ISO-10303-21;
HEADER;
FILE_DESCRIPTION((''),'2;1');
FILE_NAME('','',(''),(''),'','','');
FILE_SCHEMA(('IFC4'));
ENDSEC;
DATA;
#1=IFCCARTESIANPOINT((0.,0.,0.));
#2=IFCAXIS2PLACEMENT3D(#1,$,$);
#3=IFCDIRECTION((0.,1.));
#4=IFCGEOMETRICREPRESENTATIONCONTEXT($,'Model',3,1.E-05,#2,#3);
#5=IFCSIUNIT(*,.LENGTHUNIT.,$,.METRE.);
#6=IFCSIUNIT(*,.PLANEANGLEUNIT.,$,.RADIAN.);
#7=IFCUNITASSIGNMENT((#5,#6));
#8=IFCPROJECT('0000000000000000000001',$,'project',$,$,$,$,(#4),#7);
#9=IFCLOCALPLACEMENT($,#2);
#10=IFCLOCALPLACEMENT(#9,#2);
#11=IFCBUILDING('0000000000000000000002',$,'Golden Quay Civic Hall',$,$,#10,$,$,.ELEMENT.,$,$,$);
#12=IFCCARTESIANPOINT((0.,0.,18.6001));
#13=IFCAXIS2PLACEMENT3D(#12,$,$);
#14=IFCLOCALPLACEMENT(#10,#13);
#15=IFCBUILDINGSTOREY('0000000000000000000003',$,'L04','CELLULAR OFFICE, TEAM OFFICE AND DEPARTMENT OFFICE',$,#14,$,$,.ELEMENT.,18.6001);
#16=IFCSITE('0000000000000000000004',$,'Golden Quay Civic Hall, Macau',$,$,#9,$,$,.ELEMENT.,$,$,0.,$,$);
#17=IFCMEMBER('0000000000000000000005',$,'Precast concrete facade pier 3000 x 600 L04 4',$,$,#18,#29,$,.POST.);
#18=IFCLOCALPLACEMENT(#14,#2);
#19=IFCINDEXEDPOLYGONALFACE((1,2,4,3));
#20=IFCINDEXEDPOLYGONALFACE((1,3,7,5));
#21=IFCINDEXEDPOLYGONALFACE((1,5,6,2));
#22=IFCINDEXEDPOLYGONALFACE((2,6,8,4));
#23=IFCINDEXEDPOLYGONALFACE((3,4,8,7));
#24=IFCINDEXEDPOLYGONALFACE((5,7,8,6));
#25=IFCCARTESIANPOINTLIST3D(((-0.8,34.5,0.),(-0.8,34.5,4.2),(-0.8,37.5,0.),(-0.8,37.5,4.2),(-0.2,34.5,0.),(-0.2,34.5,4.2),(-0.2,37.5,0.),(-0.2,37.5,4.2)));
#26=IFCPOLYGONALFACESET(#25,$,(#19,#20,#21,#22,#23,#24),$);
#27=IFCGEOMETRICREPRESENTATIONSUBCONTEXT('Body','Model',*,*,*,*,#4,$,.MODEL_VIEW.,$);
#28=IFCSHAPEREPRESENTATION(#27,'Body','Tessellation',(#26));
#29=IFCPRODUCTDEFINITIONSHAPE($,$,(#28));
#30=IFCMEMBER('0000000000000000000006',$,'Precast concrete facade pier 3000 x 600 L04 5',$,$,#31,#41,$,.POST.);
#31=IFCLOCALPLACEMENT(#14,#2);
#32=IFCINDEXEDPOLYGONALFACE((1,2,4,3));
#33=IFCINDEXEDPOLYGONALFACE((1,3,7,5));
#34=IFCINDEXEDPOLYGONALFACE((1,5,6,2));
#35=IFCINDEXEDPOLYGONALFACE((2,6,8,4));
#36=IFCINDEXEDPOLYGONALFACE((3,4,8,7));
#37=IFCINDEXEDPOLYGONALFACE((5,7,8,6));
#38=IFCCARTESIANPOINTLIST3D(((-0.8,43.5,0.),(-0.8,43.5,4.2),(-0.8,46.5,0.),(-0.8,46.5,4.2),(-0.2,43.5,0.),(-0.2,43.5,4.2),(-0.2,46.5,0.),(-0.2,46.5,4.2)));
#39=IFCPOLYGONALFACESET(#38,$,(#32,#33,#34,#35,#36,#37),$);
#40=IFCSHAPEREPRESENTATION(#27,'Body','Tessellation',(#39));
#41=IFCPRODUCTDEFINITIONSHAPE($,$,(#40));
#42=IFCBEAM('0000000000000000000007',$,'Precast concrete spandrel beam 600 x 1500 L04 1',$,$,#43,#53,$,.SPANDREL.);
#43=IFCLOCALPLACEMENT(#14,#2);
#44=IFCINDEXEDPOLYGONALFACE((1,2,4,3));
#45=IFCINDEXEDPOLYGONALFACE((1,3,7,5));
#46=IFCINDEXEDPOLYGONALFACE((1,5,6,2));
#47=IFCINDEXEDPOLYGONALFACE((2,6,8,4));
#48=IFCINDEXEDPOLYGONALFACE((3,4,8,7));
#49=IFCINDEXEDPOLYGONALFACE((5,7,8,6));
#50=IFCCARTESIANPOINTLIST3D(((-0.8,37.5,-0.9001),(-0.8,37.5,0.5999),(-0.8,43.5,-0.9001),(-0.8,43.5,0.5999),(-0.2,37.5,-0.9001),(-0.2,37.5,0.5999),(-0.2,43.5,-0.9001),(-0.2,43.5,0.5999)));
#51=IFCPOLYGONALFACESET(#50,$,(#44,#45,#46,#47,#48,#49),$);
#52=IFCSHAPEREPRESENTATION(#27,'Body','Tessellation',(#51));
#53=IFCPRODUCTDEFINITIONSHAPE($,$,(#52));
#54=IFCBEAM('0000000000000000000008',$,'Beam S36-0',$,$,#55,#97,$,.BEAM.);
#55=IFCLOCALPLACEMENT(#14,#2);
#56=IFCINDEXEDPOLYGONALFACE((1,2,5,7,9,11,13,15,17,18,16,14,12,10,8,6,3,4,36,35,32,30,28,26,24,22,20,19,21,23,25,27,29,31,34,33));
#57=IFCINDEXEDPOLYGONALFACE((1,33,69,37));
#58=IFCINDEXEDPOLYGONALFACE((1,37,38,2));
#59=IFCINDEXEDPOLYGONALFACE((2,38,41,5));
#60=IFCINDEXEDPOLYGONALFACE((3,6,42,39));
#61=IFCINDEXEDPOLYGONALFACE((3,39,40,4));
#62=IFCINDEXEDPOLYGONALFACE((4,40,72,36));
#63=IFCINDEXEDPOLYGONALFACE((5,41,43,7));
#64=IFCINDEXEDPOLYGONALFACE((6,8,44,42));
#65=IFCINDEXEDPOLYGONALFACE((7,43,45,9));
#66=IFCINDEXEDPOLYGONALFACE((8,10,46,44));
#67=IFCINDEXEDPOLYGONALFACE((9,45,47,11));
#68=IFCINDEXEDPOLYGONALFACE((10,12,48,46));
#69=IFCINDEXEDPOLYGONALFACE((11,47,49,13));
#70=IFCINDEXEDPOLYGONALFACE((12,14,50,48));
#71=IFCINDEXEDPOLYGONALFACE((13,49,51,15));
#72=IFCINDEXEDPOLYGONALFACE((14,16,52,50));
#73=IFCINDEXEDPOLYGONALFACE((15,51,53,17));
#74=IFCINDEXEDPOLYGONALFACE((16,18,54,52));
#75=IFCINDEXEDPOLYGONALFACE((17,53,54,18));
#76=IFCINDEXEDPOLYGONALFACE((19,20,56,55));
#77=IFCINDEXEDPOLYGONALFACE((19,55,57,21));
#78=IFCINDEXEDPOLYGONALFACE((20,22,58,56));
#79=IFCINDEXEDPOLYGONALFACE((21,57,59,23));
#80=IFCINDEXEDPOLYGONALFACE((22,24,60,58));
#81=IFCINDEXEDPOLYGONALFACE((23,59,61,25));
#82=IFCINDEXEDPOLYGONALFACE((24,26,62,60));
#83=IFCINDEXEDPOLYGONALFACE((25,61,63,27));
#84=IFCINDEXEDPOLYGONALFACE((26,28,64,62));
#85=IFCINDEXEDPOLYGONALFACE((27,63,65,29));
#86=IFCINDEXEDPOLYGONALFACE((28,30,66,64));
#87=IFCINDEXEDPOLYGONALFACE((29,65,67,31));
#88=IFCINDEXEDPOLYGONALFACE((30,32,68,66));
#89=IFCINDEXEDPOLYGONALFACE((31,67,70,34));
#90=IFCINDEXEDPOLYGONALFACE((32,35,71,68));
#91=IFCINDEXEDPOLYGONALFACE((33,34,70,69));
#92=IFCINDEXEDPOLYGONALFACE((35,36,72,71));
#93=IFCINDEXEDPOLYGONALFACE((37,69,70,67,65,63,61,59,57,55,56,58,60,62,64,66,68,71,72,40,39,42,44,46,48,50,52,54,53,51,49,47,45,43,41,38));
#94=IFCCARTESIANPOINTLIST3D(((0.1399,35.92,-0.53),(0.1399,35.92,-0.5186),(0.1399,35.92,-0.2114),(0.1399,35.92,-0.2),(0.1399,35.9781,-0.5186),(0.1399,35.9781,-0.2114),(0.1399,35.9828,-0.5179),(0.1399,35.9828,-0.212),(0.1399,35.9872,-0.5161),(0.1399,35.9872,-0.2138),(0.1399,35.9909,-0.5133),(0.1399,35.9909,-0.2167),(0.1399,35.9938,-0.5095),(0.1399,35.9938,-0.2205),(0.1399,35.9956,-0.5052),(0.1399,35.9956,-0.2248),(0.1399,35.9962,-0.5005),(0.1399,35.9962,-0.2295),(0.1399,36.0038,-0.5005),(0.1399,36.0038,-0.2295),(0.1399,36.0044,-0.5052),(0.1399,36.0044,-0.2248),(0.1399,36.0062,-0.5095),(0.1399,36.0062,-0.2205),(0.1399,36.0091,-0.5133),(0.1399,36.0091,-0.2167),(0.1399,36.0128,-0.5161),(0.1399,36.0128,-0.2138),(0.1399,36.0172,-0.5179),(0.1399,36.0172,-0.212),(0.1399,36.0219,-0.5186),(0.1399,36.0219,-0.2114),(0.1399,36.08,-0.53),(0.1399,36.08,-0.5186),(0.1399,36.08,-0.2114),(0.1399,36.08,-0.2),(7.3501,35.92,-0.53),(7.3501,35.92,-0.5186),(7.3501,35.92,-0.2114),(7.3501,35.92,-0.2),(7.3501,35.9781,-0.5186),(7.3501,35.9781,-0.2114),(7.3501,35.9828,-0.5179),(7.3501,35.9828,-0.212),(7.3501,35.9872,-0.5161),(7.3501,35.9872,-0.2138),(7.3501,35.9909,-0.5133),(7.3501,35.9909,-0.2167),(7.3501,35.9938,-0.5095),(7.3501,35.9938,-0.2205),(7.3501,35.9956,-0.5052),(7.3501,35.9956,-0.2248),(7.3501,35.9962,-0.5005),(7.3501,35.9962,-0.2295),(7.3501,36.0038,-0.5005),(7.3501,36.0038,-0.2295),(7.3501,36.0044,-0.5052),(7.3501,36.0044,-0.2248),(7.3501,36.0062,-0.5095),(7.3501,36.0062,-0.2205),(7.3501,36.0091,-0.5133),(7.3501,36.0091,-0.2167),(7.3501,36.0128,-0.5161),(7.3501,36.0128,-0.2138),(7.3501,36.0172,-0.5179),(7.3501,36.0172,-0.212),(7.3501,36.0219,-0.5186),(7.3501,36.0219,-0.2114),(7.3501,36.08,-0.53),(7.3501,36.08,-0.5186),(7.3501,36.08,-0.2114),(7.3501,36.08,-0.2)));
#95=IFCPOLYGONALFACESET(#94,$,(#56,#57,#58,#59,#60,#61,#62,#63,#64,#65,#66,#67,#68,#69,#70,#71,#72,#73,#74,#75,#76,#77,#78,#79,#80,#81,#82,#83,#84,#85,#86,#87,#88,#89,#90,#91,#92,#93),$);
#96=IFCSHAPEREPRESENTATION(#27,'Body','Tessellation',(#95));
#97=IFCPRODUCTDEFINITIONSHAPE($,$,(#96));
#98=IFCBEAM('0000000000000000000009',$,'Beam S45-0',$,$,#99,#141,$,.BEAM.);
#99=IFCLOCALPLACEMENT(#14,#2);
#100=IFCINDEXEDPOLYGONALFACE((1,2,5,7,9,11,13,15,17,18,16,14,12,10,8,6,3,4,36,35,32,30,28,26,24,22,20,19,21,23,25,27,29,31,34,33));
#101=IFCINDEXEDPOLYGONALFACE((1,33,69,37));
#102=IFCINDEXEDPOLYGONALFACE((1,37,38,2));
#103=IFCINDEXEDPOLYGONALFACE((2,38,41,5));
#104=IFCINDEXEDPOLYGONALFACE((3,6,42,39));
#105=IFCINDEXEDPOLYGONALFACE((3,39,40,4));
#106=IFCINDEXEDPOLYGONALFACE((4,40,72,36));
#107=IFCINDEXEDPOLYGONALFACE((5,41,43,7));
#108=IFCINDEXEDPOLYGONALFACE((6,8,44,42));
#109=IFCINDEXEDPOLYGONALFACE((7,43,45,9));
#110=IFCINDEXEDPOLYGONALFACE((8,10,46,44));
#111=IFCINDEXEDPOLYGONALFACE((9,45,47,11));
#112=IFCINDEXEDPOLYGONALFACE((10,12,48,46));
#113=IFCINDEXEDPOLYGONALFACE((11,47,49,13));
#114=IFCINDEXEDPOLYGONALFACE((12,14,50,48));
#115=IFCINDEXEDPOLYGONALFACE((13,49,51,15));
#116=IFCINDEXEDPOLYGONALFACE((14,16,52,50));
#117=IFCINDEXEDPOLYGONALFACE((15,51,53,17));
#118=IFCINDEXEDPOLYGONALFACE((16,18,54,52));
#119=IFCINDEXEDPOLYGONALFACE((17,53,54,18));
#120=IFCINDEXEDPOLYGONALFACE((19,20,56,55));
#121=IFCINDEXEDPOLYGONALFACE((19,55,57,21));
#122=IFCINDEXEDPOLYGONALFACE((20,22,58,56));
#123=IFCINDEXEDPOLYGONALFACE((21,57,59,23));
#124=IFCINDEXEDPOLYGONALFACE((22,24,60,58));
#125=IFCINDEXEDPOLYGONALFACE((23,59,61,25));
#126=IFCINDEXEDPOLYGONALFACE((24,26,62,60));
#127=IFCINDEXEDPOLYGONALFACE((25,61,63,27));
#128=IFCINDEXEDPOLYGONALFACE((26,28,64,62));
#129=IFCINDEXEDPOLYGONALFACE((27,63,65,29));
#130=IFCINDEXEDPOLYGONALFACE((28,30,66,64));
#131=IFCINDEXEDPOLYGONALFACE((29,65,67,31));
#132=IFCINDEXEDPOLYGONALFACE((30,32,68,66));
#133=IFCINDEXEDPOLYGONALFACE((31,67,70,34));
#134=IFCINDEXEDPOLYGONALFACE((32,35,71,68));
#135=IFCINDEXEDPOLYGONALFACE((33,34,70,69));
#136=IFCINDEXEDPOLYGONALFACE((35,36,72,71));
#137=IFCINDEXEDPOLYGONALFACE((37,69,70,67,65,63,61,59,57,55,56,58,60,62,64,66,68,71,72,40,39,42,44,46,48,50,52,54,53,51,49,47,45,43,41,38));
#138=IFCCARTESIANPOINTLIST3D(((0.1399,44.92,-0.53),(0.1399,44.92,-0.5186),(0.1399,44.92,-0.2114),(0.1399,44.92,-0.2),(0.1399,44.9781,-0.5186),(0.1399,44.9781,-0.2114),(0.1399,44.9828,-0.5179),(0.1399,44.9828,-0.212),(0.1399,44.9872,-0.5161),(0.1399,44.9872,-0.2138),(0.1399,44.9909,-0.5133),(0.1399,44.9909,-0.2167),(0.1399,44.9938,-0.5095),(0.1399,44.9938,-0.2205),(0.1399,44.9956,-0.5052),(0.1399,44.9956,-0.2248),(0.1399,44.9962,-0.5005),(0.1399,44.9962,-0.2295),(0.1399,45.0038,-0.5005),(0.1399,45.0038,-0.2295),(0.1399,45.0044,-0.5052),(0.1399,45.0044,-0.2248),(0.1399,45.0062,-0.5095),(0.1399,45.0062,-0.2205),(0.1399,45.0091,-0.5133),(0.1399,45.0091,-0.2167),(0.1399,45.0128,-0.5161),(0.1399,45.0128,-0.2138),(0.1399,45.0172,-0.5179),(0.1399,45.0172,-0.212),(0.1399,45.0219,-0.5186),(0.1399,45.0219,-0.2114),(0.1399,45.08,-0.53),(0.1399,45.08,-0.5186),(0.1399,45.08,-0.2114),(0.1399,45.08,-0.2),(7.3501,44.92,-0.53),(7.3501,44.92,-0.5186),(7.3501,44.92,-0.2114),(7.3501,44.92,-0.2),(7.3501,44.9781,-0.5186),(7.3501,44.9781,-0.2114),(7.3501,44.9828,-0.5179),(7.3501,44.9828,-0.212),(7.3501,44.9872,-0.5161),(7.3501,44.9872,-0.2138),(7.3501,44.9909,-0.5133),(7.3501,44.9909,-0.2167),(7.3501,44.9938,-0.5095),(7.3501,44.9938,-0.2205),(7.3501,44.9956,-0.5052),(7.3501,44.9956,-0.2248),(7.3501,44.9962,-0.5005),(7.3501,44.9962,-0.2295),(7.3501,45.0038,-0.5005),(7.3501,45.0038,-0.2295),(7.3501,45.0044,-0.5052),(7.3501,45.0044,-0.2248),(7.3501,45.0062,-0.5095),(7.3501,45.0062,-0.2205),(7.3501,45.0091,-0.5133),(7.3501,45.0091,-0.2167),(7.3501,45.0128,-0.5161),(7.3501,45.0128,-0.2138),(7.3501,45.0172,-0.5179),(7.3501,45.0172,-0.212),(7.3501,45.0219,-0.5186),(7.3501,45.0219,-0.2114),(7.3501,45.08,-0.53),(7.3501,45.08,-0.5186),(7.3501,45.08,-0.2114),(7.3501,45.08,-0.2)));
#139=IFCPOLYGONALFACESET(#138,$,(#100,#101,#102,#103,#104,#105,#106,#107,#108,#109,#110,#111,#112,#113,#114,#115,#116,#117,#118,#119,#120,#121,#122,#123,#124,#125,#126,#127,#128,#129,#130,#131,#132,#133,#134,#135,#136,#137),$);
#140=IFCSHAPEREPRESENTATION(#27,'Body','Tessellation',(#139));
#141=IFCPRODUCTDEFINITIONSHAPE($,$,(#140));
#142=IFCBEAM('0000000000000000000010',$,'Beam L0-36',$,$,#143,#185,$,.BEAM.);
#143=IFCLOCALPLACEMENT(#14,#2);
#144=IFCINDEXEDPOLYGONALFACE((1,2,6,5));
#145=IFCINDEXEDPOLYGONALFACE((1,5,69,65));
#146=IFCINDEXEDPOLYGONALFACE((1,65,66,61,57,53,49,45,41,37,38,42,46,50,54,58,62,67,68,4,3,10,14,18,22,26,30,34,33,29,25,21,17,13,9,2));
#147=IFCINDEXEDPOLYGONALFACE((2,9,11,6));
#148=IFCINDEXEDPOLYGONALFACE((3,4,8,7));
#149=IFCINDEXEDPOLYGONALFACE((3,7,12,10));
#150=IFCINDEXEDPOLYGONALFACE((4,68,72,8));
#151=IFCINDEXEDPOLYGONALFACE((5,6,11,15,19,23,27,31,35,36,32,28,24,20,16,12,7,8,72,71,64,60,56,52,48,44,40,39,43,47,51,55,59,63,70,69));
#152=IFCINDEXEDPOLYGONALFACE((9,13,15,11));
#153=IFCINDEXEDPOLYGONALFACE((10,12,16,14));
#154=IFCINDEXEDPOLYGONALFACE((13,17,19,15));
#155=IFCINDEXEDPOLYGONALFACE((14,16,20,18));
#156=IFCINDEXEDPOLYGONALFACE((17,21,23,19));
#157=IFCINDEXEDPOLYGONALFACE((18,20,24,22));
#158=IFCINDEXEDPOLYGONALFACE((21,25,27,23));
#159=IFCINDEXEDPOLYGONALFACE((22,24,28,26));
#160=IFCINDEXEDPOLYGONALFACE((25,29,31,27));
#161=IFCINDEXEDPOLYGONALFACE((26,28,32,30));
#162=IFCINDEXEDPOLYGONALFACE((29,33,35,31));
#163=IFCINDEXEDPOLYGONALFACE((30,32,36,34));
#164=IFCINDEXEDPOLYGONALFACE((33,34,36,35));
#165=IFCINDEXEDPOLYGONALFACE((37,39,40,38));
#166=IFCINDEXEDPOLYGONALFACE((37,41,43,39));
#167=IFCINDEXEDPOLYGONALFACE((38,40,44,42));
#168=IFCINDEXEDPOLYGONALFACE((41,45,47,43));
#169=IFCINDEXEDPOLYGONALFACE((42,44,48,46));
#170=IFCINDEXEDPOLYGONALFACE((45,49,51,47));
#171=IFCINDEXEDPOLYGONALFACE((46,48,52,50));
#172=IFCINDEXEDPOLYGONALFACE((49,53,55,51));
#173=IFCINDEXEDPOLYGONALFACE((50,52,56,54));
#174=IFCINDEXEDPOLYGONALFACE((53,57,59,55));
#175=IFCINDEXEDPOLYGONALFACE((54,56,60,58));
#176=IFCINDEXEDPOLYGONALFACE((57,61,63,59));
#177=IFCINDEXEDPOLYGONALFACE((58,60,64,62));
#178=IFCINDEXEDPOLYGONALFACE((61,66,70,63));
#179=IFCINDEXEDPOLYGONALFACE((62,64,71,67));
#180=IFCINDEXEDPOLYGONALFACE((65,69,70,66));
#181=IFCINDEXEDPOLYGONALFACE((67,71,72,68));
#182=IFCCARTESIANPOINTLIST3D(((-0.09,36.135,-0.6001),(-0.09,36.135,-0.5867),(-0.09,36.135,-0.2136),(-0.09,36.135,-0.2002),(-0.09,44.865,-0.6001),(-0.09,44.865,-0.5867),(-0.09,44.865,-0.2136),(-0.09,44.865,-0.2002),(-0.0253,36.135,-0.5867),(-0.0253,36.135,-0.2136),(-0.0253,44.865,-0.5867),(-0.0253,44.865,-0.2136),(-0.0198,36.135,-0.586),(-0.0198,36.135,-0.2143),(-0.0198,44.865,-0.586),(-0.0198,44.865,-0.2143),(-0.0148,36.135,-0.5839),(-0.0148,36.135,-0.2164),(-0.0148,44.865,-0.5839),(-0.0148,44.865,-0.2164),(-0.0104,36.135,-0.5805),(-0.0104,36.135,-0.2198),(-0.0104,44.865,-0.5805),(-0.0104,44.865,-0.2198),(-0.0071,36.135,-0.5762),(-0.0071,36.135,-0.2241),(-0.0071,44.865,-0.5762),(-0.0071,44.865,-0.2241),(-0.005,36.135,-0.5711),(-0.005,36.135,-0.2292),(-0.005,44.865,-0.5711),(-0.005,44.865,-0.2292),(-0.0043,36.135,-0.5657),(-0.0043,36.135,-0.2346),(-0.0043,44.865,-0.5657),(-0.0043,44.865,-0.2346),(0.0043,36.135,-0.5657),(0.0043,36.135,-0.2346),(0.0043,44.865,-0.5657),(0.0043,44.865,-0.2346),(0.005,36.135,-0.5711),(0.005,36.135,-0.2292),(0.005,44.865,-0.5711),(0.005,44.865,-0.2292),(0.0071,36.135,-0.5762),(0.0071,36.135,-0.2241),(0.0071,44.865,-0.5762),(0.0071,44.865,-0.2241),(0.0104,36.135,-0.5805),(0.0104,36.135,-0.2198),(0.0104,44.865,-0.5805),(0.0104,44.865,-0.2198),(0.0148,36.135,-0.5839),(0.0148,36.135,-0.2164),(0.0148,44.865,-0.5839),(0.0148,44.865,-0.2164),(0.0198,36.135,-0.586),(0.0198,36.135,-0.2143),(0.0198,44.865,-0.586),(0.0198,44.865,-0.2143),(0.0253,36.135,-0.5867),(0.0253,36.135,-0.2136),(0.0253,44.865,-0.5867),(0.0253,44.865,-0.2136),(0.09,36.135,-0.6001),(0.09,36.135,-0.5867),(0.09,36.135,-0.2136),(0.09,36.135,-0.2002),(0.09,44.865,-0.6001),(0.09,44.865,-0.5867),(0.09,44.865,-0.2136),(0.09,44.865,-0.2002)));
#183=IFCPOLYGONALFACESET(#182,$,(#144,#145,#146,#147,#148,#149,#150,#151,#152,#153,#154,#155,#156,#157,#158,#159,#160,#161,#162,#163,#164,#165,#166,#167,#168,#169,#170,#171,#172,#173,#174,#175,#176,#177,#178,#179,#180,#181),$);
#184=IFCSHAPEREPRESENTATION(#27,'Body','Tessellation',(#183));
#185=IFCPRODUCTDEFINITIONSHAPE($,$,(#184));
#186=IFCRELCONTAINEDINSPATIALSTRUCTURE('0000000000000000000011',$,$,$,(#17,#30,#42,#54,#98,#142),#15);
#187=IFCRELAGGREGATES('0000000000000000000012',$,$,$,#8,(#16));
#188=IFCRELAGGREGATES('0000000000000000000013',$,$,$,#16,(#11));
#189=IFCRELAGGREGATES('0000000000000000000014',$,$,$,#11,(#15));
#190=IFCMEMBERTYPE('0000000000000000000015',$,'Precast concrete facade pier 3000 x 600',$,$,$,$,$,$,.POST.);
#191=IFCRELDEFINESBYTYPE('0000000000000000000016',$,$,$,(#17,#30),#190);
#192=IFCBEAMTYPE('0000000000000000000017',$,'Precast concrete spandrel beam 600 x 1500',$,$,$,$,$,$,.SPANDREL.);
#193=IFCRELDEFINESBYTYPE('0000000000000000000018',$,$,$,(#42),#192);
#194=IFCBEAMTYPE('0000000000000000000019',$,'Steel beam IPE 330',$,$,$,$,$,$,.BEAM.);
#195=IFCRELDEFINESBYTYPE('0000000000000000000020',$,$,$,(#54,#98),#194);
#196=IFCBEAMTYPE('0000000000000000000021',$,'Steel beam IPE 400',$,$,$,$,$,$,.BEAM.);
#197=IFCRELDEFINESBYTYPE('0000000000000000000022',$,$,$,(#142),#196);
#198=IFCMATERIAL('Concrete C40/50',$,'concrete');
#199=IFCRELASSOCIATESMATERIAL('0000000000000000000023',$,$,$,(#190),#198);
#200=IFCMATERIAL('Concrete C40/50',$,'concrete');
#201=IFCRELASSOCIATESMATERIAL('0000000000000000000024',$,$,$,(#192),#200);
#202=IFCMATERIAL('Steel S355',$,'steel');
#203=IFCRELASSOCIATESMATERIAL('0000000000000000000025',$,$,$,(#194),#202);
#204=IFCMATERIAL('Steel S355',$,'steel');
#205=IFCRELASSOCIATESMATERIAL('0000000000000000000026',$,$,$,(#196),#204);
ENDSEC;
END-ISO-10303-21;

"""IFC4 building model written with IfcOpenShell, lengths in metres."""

from ifc_helpers import new_model, si_unit, direction, frame, origin, origin_2d, place, context, subcontext, project, spatial, rectangle, i_section, extrude, material, material_profile, profile_set, type_object, element, save


model = new_model("IFC4")

# Units and contexts
model_context = context("Model", 3, precision=1e-05, world=origin(), true_north=direction((0.0, 1.0)))
body_context = subcontext(model_context, "Body", "Model", "MODEL_VIEW")
ifc_project = project(units=[si_unit("LENGTHUNIT", "METRE"), si_unit("PLANEANGLEUNIT", "RADIAN")], contexts=[model_context])

# Site, building, storey
site_placement = place(None, origin())
site = spatial("IfcSite", under=ifc_project, at=site_placement, Name="Golden Quay Civic Hall, Macau", CompositionType="ELEMENT", RefElevation=0.0)
building_placement = place(site_placement, origin())
building = spatial("IfcBuilding", under=site, at=building_placement, Name="Golden Quay Civic Hall", CompositionType="ELEMENT")
storey_placement = place(building_placement, frame((0.0, 0.0, 18.6001)))
storey = spatial("IfcBuildingStorey", under=building, at=storey_placement, Name="L04", Description="CELLULAR OFFICE, TEAM OFFICE AND DEPARTMENT OFFICE", CompositionType="ELEMENT", Elevation=18.6001)

# Members
ifc_material_1 = material(Name="Concrete C40/50", Category="concrete")
ifc_material_profile_1 = material_profile(ifc_material_1, rectangle(XDim=3.0, YDim=0.6001, at=origin_2d()), Name="RC 3000x600")
ifc_profile_set_1 = profile_set([ifc_material_profile_1], Name="Concrete C40/50")
member_type = type_object("IfcMemberType", Name="Precast concrete facade pier 3000 x 600", PredefinedType="POST", material=ifc_profile_set_1)
for number, where, z_axis, x_axis, name in (
    (1, (-0.5, 36.0, 0.0), (0.0, 0.0, 1.0), (0.0, 1.0, 0.0), "Precast concrete facade pier 3000 x 600 L04 4"),
    (2, (-0.5, 45.0, 0.0), (0.0, 0.0, 1.0), (0.0, 1.0, 0.0), "Precast concrete facade pier 3000 x 600 L04 5"),
):
    element("IfcMember", number, at=place(storey_placement, frame(where, z_axis=z_axis, x_axis=x_axis)), inside=storey, type_object=member_type, Name=name, PredefinedType="POST", context=body_context, shape_type="SweptSolid", body=[
        extrude(rectangle(XDim=3.0, YDim=0.6001, at=origin_2d()), origin(), (0.0, 0.0, 1.0), 4.2),
    ])

# Beams
ifc_material_2 = material(Name="Concrete C40/50", Category="concrete")
ifc_material_profile_2 = material_profile(ifc_material_2, rectangle(XDim=0.6001, YDim=1.5, at=origin_2d()), Name="RC 600x1500")
ifc_profile_set_2 = profile_set([ifc_material_profile_2], Name="Concrete C40/50")
beam_type_1 = type_object("IfcBeamType", Name="Precast concrete spandrel beam 600 x 1500", PredefinedType="SPANDREL", material=ifc_profile_set_2)
beam_1_placement = place(storey_placement, frame((-0.5, 37.5, -0.1501), z_axis=(0.0, 1.0, 0.0), x_axis=(-1.0, 0.0, 0.0)))
element("IfcBeam", 3, at=beam_1_placement, inside=storey, type_object=beam_type_1, Name="Precast concrete spandrel beam 600 x 1500 L04 1", PredefinedType="SPANDREL", context=body_context, shape_type="SweptSolid", body=[
    extrude(rectangle(XDim=0.6001, YDim=1.5, at=origin_2d()), origin(), (0.0, 0.0, 1.0), 6.0),
])
ifc_material_3 = material(Name="Steel S355", Category="steel")
ifc_material_profile_3 = material_profile(ifc_material_3, i_section(OverallWidth=0.1599, OverallDepth=0.3301, WebThickness=0.0076, FlangeThickness=0.0115, FilletRadius=0.0181, at=origin_2d()), Name="IPE 330")
ifc_profile_set_3 = profile_set([ifc_material_profile_3], Name="Steel S355")
beam_type_2 = type_object("IfcBeamType", Name="Steel beam IPE 330", PredefinedType="BEAM", material=ifc_profile_set_3)
for number, where, z_axis, x_axis, name in (
    (4, (0.1399, 36.0, -0.365), (1.0, 0.0, 0.0), (0.0, 1.0, 0.0), "Beam S36-0"),
    (5, (0.1399, 45.0, -0.365), (1.0, 0.0, 0.0), (0.0, 1.0, 0.0), "Beam S45-0"),
):
    element("IfcBeam", number, at=place(storey_placement, frame(where, z_axis=z_axis, x_axis=x_axis)), inside=storey, type_object=beam_type_2, Name=name, PredefinedType="BEAM", context=body_context, shape_type="SweptSolid", body=[
        extrude(i_section(OverallWidth=0.1599, OverallDepth=0.3301, WebThickness=0.0076, FlangeThickness=0.0115, FilletRadius=0.0181, at=origin_2d()), origin(), (0.0, 0.0, 1.0), 7.2102),
    ])
ifc_material_4 = material(Name="Steel S355", Category="steel")
ifc_material_profile_4 = material_profile(ifc_material_4, i_section(OverallWidth=0.1799, OverallDepth=0.3999, WebThickness=0.0085, FlangeThickness=0.0134, FilletRadius=0.021, at=origin_2d()), Name="IPE 400")
ifc_profile_set_4 = profile_set([ifc_material_profile_4], Name="Steel S355")
beam_type_3 = type_object("IfcBeamType", Name="Steel beam IPE 400", PredefinedType="BEAM", material=ifc_profile_set_4)
beam_2_placement = place(storey_placement, frame((0.0, 36.135, -0.4001), z_axis=(0.0, 1.0, 0.0), x_axis=(-1.0, 0.0, 0.0)))
element("IfcBeam", 6, at=beam_2_placement, inside=storey, type_object=beam_type_3, Name="Beam L0-36", PredefinedType="BEAM", context=body_context, shape_type="SweptSolid", body=[
    extrude(i_section(OverallWidth=0.1799, OverallDepth=0.3999, WebThickness=0.0085, FlangeThickness=0.0134, FilletRadius=0.021, at=origin_2d()), origin(), (0.0, 0.0, 1.0), 8.73),
])

save(model, "model.ifc")
